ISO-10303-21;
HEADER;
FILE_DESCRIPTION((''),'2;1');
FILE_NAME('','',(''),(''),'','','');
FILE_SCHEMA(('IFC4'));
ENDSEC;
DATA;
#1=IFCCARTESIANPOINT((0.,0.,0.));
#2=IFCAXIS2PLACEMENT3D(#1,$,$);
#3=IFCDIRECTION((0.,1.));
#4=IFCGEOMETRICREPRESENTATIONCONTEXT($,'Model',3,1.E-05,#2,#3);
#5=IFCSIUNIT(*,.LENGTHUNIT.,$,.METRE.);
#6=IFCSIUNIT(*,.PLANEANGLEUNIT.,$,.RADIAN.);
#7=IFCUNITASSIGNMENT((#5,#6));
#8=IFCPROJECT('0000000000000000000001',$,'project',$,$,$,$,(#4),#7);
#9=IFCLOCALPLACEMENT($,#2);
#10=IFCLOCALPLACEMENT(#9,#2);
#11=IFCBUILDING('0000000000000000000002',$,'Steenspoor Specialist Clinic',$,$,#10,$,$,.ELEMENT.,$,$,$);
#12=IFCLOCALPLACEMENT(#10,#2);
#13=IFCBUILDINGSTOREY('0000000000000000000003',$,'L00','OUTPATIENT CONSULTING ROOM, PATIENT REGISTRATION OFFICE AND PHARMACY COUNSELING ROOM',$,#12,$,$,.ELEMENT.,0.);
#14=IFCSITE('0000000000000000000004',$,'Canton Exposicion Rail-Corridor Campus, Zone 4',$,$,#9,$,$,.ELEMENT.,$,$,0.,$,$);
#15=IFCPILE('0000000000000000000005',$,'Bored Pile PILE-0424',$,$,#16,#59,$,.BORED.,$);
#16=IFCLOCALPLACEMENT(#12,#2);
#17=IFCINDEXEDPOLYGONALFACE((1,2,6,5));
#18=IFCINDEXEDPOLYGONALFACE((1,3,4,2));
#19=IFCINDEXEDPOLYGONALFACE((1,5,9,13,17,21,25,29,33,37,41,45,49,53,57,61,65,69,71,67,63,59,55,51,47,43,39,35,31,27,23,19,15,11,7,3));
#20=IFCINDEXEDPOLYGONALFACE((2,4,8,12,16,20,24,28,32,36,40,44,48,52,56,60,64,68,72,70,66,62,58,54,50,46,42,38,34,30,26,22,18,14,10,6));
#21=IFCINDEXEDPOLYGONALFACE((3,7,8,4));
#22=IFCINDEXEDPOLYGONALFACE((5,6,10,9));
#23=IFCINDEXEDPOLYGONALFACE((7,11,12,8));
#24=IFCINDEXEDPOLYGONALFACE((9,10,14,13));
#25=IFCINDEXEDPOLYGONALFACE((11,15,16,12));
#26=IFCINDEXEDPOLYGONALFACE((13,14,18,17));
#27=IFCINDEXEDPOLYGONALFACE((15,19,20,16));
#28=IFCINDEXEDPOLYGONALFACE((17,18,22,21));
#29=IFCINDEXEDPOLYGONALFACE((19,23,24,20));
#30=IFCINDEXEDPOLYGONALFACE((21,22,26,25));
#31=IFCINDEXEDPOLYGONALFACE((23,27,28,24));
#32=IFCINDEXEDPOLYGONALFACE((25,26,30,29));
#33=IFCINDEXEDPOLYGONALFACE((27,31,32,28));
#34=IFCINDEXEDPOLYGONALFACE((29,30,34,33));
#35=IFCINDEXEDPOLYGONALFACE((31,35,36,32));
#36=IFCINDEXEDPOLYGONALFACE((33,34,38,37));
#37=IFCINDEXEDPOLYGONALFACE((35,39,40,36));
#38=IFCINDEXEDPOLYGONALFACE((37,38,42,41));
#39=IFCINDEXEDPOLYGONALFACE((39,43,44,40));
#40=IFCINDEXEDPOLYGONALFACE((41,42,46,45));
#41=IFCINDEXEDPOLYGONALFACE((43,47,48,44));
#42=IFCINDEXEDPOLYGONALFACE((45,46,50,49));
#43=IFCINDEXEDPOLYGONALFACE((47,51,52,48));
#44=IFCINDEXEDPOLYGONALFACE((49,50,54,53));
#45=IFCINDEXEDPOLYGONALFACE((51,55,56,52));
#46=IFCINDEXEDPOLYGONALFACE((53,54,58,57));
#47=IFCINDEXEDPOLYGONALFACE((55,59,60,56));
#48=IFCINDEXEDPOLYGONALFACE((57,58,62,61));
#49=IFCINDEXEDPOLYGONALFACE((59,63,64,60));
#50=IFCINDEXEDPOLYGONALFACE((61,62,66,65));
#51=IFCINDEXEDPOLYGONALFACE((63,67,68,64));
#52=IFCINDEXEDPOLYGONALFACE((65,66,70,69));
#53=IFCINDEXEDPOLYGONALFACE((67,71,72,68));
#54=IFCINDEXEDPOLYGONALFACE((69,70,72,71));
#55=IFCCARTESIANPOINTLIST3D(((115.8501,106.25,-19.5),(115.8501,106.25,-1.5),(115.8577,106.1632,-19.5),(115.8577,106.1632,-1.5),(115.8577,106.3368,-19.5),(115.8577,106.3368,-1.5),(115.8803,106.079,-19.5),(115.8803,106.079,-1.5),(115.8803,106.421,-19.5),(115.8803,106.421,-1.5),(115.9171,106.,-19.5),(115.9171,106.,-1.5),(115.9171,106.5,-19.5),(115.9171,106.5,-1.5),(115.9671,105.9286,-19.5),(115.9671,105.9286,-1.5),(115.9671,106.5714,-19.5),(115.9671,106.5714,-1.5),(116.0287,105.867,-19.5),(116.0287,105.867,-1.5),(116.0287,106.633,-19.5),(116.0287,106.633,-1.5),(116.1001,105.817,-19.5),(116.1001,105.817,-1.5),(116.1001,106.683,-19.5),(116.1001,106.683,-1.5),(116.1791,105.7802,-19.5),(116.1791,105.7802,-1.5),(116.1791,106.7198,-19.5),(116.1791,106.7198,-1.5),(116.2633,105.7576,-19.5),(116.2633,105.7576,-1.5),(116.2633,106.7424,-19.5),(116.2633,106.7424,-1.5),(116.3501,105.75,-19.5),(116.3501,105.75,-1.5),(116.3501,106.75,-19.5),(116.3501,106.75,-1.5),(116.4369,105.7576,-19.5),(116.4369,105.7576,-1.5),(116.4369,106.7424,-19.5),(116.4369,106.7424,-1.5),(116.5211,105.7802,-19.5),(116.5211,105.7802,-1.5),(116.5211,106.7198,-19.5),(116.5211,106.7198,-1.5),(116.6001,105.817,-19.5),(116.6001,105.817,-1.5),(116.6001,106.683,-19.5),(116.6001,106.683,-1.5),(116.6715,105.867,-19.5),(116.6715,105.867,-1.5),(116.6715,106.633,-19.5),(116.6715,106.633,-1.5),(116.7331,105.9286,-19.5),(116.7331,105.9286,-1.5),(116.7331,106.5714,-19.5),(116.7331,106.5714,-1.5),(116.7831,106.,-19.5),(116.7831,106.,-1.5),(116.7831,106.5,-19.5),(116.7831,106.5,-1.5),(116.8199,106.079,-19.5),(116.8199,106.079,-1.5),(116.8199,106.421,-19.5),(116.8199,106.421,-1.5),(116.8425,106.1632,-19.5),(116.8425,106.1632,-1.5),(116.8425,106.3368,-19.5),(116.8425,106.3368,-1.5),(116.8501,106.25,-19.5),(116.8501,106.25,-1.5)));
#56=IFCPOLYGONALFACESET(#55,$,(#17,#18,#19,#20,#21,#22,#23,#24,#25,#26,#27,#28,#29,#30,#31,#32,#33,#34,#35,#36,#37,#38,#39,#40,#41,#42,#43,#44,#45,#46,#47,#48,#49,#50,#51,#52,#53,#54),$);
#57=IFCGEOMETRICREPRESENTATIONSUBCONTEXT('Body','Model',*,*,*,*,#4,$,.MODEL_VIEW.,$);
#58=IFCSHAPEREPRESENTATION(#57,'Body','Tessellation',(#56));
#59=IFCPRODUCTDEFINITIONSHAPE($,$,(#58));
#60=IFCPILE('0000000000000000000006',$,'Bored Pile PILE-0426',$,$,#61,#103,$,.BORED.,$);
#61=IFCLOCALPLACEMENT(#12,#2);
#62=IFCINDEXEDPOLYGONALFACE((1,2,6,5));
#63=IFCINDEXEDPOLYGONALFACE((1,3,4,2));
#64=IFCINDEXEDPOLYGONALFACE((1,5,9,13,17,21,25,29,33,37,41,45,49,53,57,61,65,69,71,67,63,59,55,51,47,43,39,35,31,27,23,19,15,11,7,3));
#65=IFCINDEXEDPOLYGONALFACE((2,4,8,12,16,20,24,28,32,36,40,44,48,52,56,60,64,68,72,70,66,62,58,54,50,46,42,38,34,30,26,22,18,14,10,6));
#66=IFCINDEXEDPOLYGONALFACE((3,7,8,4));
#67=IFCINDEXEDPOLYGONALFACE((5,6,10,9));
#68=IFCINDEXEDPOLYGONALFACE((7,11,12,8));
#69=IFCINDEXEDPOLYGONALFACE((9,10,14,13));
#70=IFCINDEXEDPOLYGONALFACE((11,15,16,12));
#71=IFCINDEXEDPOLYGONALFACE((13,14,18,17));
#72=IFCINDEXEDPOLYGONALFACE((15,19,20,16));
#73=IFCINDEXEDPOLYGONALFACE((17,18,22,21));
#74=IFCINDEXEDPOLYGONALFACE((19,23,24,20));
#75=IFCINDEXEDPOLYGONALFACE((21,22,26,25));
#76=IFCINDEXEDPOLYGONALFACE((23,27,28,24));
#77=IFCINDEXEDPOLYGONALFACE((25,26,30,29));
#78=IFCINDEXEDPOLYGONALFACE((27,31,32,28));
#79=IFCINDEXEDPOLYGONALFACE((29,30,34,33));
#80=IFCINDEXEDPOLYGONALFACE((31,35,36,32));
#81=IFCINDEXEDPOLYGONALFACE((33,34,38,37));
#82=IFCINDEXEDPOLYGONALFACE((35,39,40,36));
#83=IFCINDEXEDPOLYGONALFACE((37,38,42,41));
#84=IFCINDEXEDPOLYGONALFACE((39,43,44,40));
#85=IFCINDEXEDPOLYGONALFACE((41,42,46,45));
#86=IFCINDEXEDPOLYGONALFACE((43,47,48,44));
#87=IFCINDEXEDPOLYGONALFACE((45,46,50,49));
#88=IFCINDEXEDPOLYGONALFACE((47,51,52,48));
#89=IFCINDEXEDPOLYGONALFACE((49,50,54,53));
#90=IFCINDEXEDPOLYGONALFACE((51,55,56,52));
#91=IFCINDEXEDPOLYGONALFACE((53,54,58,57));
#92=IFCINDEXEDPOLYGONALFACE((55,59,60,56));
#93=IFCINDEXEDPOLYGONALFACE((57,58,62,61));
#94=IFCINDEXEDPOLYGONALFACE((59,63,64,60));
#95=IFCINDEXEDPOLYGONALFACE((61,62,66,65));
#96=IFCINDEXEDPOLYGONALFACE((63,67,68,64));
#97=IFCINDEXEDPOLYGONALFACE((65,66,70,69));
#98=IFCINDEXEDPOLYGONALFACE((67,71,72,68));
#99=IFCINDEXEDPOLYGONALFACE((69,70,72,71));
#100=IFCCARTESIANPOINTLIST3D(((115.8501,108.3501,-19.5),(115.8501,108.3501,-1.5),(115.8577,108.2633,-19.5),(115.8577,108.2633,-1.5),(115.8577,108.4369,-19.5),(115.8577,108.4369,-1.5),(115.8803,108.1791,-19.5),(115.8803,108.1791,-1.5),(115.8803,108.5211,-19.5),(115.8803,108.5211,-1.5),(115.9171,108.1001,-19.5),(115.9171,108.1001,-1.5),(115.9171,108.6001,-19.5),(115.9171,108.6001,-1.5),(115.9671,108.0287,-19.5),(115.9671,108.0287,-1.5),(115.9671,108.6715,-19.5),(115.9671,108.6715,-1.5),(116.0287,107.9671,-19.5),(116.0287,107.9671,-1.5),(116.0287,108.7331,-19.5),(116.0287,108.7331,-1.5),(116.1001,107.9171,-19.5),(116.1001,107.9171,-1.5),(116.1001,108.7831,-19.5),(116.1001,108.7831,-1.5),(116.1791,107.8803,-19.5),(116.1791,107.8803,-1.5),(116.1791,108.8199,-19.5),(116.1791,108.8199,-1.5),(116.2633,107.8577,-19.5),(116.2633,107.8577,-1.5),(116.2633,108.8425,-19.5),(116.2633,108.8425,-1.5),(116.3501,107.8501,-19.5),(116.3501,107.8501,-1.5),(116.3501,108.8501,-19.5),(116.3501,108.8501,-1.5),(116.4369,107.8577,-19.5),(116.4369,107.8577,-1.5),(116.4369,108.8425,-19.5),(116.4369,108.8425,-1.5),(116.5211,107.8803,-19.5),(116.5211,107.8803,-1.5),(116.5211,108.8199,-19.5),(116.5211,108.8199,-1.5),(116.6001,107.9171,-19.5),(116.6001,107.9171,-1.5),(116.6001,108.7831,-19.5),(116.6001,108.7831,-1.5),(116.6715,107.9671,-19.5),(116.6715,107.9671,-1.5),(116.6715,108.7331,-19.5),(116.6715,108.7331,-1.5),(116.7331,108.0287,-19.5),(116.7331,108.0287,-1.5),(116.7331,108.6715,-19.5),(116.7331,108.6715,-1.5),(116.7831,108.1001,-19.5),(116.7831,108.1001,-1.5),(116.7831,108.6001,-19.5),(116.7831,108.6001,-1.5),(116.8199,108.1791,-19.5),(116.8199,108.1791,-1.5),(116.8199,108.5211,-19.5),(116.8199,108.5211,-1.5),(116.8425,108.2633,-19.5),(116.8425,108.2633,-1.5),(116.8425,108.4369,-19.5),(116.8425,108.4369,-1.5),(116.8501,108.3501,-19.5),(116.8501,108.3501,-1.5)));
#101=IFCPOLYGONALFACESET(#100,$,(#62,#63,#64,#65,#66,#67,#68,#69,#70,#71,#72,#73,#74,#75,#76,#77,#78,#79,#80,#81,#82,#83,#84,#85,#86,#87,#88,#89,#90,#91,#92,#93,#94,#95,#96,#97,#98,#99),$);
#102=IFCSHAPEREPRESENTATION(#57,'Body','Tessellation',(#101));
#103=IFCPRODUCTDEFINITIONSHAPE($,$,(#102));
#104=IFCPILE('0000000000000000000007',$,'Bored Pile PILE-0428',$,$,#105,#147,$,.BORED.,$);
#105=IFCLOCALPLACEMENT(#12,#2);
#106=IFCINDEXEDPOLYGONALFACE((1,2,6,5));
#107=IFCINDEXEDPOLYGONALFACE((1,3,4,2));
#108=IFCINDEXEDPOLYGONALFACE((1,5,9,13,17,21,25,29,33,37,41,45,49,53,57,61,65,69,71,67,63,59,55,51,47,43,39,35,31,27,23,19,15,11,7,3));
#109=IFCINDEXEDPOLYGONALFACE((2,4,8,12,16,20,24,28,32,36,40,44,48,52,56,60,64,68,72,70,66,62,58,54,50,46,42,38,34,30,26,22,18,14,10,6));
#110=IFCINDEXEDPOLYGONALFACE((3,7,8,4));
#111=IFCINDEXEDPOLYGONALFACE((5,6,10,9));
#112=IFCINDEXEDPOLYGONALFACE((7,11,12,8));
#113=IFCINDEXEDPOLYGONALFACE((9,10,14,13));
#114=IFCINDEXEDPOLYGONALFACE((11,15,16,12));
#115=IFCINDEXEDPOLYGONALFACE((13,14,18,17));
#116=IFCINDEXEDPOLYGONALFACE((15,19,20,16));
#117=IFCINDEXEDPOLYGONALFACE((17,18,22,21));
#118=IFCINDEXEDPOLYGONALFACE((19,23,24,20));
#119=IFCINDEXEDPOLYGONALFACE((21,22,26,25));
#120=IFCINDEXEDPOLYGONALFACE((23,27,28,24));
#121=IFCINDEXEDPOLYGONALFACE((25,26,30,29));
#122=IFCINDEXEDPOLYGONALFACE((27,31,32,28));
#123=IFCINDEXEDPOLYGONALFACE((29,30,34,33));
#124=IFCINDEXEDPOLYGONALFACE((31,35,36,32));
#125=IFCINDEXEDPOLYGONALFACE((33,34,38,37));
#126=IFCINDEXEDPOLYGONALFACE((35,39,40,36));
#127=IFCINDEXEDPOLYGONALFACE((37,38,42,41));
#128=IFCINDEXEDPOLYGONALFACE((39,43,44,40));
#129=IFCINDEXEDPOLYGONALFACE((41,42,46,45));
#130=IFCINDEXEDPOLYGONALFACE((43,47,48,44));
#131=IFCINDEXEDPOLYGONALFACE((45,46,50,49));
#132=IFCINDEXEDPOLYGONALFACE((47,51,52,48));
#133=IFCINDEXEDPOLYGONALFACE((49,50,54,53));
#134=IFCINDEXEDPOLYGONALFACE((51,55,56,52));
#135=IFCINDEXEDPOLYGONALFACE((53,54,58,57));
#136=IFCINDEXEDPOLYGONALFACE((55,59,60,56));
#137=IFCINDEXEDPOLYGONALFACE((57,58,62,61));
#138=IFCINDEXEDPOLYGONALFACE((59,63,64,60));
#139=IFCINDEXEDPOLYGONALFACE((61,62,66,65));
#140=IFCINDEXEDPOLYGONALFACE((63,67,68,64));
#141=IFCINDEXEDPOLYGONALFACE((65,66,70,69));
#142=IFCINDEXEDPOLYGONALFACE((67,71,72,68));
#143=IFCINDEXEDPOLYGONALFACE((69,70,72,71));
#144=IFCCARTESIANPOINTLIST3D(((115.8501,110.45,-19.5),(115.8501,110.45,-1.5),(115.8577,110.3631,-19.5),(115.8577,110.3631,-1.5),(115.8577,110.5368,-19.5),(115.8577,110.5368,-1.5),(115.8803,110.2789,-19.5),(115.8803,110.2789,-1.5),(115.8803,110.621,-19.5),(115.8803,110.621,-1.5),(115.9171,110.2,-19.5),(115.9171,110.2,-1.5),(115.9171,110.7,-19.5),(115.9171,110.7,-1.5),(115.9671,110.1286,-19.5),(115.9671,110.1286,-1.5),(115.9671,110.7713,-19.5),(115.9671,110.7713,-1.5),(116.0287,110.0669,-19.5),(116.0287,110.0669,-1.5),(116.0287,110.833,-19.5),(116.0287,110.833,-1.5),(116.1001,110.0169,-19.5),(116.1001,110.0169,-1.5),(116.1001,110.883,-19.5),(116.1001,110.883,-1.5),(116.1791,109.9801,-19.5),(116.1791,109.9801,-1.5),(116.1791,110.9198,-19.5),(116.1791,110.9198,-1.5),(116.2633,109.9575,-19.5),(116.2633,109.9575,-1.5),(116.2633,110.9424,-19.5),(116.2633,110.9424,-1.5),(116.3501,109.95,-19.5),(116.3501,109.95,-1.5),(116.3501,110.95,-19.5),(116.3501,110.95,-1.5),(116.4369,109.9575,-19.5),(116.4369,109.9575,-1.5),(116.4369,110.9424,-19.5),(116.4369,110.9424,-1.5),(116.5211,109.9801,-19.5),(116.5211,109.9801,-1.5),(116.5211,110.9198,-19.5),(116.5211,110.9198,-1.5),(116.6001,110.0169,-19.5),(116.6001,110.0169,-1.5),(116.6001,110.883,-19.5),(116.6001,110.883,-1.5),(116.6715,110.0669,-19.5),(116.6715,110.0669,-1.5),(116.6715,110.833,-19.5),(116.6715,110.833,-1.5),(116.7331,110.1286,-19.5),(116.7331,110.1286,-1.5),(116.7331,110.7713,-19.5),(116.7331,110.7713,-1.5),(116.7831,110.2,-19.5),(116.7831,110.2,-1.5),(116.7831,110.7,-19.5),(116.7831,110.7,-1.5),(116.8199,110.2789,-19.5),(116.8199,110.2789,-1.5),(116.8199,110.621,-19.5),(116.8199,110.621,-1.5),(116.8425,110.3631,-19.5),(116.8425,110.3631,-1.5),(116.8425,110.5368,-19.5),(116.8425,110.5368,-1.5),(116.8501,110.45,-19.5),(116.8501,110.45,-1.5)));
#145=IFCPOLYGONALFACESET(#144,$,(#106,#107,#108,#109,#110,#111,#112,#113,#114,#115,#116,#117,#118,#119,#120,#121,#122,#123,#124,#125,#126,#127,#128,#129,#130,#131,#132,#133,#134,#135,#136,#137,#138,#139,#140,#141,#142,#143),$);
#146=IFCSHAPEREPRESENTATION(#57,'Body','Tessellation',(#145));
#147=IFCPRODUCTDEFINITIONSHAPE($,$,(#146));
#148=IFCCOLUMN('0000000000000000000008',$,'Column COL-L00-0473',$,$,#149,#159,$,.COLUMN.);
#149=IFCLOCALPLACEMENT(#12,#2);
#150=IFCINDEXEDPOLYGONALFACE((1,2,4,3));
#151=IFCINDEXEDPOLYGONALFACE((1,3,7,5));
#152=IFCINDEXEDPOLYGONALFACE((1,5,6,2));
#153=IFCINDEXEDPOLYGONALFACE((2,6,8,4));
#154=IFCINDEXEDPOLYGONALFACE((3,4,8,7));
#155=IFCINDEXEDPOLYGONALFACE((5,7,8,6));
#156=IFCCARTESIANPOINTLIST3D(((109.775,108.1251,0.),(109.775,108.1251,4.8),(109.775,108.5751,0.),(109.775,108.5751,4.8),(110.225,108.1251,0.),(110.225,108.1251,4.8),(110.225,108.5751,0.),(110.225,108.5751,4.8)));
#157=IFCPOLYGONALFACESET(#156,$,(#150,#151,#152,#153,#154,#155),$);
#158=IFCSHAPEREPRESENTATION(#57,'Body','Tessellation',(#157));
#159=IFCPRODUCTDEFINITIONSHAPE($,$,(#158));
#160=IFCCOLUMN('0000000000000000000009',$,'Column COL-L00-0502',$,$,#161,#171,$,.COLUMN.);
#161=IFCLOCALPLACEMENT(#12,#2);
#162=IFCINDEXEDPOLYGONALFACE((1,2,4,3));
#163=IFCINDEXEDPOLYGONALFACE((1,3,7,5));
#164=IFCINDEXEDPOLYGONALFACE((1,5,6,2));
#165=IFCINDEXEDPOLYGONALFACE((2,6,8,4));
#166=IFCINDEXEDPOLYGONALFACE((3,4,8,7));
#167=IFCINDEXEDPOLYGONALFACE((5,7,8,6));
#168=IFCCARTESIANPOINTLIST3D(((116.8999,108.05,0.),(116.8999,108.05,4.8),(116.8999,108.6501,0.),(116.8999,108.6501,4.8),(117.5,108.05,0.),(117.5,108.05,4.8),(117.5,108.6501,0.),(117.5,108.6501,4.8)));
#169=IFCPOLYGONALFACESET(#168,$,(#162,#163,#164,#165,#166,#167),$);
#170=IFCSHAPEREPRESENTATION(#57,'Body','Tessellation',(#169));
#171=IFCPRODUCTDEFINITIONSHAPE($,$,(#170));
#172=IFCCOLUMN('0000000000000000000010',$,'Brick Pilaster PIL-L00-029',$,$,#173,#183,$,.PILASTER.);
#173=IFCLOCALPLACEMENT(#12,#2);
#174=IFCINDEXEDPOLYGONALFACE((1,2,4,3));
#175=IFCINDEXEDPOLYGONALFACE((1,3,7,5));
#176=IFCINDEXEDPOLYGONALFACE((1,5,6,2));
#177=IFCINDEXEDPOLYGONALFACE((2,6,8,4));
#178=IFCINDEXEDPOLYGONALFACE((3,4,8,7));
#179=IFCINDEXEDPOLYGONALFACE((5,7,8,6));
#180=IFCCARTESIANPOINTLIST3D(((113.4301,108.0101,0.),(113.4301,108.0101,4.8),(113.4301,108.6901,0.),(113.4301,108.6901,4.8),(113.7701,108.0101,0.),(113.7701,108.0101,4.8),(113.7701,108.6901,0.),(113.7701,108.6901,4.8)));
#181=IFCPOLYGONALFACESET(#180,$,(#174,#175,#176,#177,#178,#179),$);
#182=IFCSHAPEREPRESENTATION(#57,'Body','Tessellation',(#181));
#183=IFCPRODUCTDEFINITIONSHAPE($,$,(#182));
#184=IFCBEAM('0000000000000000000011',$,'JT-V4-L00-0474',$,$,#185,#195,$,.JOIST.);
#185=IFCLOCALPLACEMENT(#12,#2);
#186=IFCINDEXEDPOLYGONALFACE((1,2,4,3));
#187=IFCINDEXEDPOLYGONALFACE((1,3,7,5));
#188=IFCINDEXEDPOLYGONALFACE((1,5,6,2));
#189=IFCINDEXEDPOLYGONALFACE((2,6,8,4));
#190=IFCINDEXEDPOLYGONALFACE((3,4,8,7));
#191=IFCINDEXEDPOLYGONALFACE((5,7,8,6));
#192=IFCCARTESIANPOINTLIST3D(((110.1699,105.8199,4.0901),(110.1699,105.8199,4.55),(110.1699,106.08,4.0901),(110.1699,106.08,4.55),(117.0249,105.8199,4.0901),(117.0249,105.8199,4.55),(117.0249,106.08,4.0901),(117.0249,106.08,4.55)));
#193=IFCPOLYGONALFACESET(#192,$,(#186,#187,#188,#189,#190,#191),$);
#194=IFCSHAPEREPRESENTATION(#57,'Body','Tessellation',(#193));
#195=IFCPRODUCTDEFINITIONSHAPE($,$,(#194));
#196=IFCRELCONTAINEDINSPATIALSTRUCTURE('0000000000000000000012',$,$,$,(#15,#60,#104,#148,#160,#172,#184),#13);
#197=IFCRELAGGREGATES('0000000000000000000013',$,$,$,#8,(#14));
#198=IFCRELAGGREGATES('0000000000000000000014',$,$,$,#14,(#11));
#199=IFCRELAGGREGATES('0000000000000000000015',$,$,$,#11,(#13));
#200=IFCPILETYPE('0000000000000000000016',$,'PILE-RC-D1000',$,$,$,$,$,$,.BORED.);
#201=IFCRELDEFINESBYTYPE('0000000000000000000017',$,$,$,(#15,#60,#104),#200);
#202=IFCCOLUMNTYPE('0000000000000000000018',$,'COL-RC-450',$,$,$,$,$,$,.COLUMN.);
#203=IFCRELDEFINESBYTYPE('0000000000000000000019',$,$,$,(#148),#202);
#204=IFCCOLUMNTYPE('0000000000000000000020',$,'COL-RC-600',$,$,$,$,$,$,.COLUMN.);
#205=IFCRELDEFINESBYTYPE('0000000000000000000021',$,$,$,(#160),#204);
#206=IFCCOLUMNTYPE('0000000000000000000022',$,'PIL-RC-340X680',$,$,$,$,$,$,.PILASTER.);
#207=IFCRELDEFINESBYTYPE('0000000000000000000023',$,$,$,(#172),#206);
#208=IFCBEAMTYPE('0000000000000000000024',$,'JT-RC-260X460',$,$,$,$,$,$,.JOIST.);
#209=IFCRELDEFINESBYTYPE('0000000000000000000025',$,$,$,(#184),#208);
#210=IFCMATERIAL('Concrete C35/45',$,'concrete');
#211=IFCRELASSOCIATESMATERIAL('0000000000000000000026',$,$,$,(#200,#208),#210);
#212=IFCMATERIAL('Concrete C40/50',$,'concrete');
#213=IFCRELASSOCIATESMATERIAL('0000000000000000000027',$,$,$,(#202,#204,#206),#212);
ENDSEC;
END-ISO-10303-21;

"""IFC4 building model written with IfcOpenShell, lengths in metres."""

from ifc_helpers import new_model, si_unit, direction, frame, origin, origin_2d, place, context, subcontext, project, spatial, rectangle, circle, extrude, material, material_profile, profile_set, type_object, element, save


model = new_model("IFC4")

# Units and contexts
model_context = context("Model", 3, precision=1e-05, world=origin(), true_north=direction((0.0, 1.0)))
body_context = subcontext(model_context, "Body", "Model", "MODEL_VIEW")
ifc_project = project(units=[si_unit("LENGTHUNIT", "METRE"), si_unit("PLANEANGLEUNIT", "RADIAN")], contexts=[model_context])

# Site, building, storey
site_placement = place(None, origin())
site = spatial("IfcSite", under=ifc_project, at=site_placement, Name="Canton Exposicion Rail-Corridor Campus, Zone 4", CompositionType="ELEMENT", RefElevation=0.0)
building_placement = place(site_placement, origin())
building = spatial("IfcBuilding", under=site, at=building_placement, Name="Steenspoor Specialist Clinic", CompositionType="ELEMENT")
storey_placement = place(building_placement, origin())
storey = spatial("IfcBuildingStorey", under=building, at=storey_placement, Name="L00", Description="OUTPATIENT CONSULTING ROOM, PATIENT REGISTRATION OFFICE AND PHARMACY COUNSELING ROOM", CompositionType="ELEMENT", Elevation=0.0)

# Shared definitions
ifc_material_1 = material(Name="Concrete C35/45", Category="concrete")

# Piles
ifc_material_profile_1 = material_profile(ifc_material_1, circle(Radius=0.5, at=origin_2d()), Name="PILE-D1000")
ifc_profile_set_1 = profile_set([ifc_material_profile_1], Name="Concrete C35/45")
pile_type = type_object("IfcPileType", Name="PILE-RC-D1000", PredefinedType="BORED", material=ifc_profile_set_1)
for number, where, z_axis, x_axis, name in (
    (1, (116.3501, 106.25, -1.5), (0.0, 0.0, -1.0), (1.0, 0.0, 0.0), "Bored Pile PILE-0424"),
    (2, (116.3501, 108.3501, -1.5), (0.0, 0.0, -1.0), (1.0, 0.0, 0.0), "Bored Pile PILE-0426"),
    (3, (116.3501, 110.45, -1.5), (0.0, 0.0, -1.0), (1.0, 0.0, 0.0), "Bored Pile PILE-0428"),
):
    element("IfcPile", number, at=place(storey_placement, frame(where, z_axis=z_axis, x_axis=x_axis)), inside=storey, type_object=pile_type, Name=name, PredefinedType="BORED", context=body_context, shape_type="SweptSolid", body=[
        extrude(circle(Radius=0.5, at=origin_2d()), origin(), (0.0, 0.0, 1.0), 18.0),
    ])

# Columns
ifc_material_2 = material(Name="Concrete C40/50", Category="concrete")
ifc_material_profile_2 = material_profile(ifc_material_2, rectangle(XDim=0.45, YDim=0.45, at=origin_2d()), Name="RC-COL-450X450")
ifc_profile_set_2 = profile_set([ifc_material_profile_2], Name="Concrete C40/50")
column_type_1 = type_object("IfcColumnType", Name="COL-RC-450", PredefinedType="COLUMN", material=ifc_profile_set_2)
column_1_placement = place(storey_placement, frame((110.0, 108.3501, 0.0), z_axis=(0.0, 0.0, 1.0), x_axis=(1.0, 0.0, 0.0)))
element("IfcColumn", 4, at=column_1_placement, inside=storey, type_object=column_type_1, Name="Column COL-L00-0473", PredefinedType="COLUMN", context=body_context, shape_type="SweptSolid", body=[
    extrude(rectangle(XDim=0.45, YDim=0.45, at=origin_2d()), origin(), (0.0, 0.0, 1.0), 4.8),
])
ifc_material_profile_3 = material_profile(ifc_material_2, rectangle(XDim=0.6001, YDim=0.6001, at=origin_2d()), Name="RC-COL-600X600")
ifc_profile_set_3 = profile_set([ifc_material_profile_3], Name="Concrete C40/50")
column_type_2 = type_object("IfcColumnType", Name="COL-RC-600", PredefinedType="COLUMN", material=ifc_profile_set_3)
column_2_placement = place(storey_placement, frame((117.2, 108.3501, 0.0), z_axis=(0.0, 0.0, 1.0), x_axis=(1.0, 0.0, 0.0)))
element("IfcColumn", 5, at=column_2_placement, inside=storey, type_object=column_type_2, Name="Column COL-L00-0502", PredefinedType="COLUMN", context=body_context, shape_type="SweptSolid", body=[
    extrude(rectangle(XDim=0.6001, YDim=0.6001, at=origin_2d()), origin(), (0.0, 0.0, 1.0), 4.8),
])
ifc_material_profile_4 = material_profile(ifc_material_2, rectangle(XDim=0.3401, YDim=0.6799, at=origin_2d()), Name="RC-PIL-340X680")
ifc_profile_set_4 = profile_set([ifc_material_profile_4], Name="Concrete C40/50")
column_type_3 = type_object("IfcColumnType", Name="PIL-RC-340X680", PredefinedType="PILASTER", material=ifc_profile_set_4)
column_3_placement = place(storey_placement, frame((113.6001, 108.3501, 0.0), z_axis=(0.0, 0.0, 1.0), x_axis=(1.0, 0.0, 0.0)))
element("IfcColumn", 6, at=column_3_placement, inside=storey, type_object=column_type_3, Name="Brick Pilaster PIL-L00-029", PredefinedType="PILASTER", context=body_context, shape_type="SweptSolid", body=[
    extrude(rectangle(XDim=0.3401, YDim=0.6799, at=origin_2d()), origin(), (0.0, 0.0, 1.0), 4.8),
])

# Beam
ifc_material_profile_5 = material_profile(ifc_material_1, rectangle(XDim=0.26, YDim=0.46, at=origin_2d()), Name="RC-JT-260X460")
ifc_profile_set_5 = profile_set([ifc_material_profile_5], Name="Concrete C35/45")
beam_type_1 = type_object("IfcBeamType", Name="JT-RC-260X460", PredefinedType="JOIST", material=ifc_profile_set_5)
beam_1_placement = place(storey_placement, frame((110.1699, 105.95, 4.3201), z_axis=(1.0, 0.0, 0.0), x_axis=(0.0, 1.0, 0.0)))
element("IfcBeam", 7, at=beam_1_placement, inside=storey, type_object=beam_type_1, Name="JT-V4-L00-0474", PredefinedType="JOIST", context=body_context, shape_type="SweptSolid", body=[
    extrude(rectangle(XDim=0.26, YDim=0.46, at=origin_2d()), origin(), (0.0, 0.0, 1.0), 6.855),
])

save(model, "model.ifc")
